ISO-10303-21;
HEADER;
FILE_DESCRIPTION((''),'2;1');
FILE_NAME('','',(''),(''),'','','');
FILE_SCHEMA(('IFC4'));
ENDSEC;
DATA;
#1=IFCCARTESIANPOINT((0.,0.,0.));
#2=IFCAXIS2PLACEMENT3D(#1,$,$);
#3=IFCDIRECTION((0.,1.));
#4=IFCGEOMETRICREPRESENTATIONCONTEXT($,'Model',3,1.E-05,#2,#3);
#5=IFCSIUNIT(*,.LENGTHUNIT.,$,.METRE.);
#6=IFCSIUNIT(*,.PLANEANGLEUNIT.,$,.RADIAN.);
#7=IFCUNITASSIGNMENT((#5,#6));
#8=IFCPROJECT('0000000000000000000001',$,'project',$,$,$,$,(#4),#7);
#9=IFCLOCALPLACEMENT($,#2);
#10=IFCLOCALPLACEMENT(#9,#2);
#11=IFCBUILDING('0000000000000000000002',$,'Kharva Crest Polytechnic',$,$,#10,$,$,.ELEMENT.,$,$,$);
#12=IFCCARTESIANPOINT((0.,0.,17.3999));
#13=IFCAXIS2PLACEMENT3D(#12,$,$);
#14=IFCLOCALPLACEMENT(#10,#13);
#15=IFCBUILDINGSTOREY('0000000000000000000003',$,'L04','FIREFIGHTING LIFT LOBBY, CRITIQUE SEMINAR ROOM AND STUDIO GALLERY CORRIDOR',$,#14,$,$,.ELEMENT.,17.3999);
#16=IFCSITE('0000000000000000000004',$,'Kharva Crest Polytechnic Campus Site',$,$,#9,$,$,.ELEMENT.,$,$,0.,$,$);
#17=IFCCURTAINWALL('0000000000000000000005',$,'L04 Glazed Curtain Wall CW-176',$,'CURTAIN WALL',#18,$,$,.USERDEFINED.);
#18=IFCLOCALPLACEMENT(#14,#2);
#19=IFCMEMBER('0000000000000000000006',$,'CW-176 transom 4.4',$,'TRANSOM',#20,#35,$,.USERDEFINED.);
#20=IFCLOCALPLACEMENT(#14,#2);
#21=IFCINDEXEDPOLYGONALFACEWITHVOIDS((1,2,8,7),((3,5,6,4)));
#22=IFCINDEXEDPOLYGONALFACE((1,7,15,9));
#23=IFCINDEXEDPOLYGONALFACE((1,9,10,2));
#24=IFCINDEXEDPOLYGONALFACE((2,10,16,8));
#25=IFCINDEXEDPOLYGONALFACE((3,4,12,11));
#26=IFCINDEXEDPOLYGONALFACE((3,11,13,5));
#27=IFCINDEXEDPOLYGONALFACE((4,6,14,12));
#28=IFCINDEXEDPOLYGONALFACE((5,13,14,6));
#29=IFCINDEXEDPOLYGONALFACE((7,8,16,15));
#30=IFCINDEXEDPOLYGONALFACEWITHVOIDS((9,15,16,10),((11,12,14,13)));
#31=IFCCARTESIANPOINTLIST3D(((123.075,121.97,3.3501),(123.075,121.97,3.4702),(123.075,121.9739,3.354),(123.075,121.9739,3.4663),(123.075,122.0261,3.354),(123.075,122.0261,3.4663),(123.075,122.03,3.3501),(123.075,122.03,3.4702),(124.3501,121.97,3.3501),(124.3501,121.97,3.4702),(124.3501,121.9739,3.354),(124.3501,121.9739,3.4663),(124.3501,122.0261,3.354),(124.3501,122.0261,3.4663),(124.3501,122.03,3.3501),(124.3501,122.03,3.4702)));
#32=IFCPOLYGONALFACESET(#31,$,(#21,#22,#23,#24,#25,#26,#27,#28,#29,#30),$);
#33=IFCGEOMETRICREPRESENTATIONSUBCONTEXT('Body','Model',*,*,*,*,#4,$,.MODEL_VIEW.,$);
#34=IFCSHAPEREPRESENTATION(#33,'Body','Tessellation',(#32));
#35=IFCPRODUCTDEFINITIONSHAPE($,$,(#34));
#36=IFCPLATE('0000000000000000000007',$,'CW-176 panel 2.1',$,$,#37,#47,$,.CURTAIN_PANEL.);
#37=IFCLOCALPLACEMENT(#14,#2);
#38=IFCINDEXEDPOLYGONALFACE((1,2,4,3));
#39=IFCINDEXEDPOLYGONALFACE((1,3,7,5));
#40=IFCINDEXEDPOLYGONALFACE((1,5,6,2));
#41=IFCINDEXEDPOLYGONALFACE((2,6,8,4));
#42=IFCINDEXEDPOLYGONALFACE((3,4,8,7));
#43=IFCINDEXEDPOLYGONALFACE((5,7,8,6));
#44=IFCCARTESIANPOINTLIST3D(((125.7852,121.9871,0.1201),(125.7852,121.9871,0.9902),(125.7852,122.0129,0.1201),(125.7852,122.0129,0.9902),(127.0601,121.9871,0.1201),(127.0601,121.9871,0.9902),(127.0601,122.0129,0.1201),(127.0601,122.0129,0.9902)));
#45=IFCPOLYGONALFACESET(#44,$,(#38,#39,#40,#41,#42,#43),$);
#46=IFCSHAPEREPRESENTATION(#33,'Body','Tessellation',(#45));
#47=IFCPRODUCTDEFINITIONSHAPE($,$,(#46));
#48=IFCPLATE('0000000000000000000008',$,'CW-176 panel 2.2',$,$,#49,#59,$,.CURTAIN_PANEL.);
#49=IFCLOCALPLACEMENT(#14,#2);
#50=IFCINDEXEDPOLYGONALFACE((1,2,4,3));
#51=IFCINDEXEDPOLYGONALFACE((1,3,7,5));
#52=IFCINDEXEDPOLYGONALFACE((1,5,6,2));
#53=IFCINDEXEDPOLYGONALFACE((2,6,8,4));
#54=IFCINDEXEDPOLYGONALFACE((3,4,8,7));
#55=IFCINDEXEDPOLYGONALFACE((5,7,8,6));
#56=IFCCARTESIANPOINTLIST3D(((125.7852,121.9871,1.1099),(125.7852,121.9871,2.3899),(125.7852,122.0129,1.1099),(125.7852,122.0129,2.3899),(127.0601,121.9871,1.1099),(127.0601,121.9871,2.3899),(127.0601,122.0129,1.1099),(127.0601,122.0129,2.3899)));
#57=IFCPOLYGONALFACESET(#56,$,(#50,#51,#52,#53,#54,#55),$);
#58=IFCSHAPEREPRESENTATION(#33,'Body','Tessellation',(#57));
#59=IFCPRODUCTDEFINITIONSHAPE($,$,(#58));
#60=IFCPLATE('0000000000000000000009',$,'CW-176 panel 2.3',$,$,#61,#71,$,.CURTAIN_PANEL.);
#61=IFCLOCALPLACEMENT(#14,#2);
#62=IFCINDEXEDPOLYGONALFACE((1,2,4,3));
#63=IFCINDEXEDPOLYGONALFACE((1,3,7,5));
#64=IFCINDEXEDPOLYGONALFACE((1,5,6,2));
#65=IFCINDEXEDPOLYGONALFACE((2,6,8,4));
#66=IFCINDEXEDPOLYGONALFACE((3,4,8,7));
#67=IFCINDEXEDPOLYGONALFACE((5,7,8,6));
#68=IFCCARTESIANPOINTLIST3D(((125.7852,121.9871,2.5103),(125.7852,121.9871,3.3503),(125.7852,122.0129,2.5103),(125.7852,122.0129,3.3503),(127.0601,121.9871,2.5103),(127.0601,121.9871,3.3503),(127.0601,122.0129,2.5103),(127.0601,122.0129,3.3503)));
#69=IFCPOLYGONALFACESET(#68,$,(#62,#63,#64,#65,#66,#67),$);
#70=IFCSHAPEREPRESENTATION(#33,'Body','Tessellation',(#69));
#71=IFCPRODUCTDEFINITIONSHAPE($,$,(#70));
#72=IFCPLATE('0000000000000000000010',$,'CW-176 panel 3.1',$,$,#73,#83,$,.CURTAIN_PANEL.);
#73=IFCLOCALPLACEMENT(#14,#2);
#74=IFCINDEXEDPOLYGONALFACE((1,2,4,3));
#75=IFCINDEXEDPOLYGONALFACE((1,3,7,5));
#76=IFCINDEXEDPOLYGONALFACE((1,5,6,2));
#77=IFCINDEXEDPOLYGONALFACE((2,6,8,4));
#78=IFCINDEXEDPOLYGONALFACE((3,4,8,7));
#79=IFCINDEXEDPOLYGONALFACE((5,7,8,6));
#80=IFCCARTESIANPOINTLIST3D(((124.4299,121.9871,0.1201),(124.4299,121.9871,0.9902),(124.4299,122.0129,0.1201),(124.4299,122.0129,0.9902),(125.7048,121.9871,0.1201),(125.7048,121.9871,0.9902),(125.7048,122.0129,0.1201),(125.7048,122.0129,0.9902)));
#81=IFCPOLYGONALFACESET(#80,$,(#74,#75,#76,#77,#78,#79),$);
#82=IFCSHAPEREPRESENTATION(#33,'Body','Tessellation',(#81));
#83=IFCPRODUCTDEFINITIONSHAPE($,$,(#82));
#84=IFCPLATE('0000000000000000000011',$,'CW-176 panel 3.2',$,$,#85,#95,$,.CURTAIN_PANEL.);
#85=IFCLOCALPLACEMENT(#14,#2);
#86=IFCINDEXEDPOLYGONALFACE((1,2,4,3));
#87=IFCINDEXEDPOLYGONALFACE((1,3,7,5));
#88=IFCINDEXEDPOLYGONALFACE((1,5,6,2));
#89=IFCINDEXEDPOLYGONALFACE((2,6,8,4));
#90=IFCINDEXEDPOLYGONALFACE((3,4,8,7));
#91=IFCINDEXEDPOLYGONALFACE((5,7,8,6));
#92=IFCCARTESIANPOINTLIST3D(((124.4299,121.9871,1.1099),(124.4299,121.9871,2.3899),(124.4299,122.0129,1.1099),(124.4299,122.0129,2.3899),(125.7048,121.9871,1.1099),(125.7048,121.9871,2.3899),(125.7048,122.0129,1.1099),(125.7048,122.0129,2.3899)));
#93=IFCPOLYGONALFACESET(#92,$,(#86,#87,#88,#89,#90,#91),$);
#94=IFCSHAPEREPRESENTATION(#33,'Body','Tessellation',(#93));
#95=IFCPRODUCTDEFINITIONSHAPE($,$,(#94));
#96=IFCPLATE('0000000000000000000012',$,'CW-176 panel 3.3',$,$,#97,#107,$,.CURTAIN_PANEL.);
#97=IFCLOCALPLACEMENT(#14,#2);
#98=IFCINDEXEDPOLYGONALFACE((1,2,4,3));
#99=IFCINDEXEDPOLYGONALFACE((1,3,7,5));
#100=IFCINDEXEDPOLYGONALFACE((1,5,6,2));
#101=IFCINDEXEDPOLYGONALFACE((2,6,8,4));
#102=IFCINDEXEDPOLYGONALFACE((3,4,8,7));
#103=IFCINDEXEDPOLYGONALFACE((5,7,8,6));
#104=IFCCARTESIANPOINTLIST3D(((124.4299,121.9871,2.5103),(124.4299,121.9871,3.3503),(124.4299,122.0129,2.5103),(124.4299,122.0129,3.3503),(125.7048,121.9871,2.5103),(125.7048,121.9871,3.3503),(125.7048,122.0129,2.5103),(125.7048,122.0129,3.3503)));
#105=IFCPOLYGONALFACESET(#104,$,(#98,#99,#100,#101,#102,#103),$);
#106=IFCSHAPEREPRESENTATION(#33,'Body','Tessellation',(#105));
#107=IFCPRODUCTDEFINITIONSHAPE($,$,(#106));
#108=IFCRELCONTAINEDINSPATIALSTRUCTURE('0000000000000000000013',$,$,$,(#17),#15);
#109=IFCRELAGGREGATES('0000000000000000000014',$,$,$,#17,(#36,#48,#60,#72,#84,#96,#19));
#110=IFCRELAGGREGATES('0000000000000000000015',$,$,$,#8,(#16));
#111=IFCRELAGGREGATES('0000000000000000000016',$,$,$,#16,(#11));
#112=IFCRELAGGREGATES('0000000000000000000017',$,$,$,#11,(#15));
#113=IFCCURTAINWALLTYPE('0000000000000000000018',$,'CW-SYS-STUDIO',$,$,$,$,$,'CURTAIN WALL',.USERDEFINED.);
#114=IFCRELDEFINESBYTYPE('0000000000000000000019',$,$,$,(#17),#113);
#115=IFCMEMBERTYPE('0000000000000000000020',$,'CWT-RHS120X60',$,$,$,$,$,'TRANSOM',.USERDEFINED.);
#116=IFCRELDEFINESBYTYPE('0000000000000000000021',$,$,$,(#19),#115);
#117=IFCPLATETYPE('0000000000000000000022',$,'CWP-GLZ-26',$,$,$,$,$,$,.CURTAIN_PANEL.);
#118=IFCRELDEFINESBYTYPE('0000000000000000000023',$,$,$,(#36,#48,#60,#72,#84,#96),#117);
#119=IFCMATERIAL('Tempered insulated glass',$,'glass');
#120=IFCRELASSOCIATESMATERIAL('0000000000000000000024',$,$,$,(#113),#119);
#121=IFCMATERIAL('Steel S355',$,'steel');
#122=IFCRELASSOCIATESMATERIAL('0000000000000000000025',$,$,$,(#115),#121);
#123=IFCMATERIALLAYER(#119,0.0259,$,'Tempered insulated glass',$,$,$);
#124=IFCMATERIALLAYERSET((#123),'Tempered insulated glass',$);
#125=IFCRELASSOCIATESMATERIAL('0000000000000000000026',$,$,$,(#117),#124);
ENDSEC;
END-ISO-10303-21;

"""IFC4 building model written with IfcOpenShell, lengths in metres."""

from ifc_helpers import new_model, si_unit, direction, frame, origin, origin_2d, place, context, subcontext, project, spatial, rectangle, hollow_rectangle, extrude, material, layer, layer_set, material_profile, profile_set, type_object, element, aggregate, save


model = new_model("IFC4")

# Units and contexts
model_context = context("Model", 3, precision=1e-05, world=origin(), true_north=direction((0.0, 1.0)))
body_context = subcontext(model_context, "Body", "Model", "MODEL_VIEW")
ifc_project = project(units=[si_unit("LENGTHUNIT", "METRE"), si_unit("PLANEANGLEUNIT", "RADIAN")], contexts=[model_context])

# Site, building, storey
site_placement = place(None, origin())
site = spatial("IfcSite", under=ifc_project, at=site_placement, Name="Kharva Crest Polytechnic Campus Site", CompositionType="ELEMENT", RefElevation=0.0)
building_placement = place(site_placement, origin())
building = spatial("IfcBuilding", under=site, at=building_placement, Name="Kharva Crest Polytechnic", CompositionType="ELEMENT")
storey_placement = place(building_placement, frame((0.0, 0.0, 17.3999)))
storey = spatial("IfcBuildingStorey", under=building, at=storey_placement, Name="L04", Description="FIREFIGHTING LIFT LOBBY, CRITIQUE SEMINAR ROOM AND STUDIO GALLERY CORRIDOR", CompositionType="ELEMENT", Elevation=17.3999)

# Curtain wall, member, plates
ifc_material_1 = material(Name="Tempered insulated glass", Category="glass")
curtain_wall_type = type_object("IfcCurtainWallType", Name="CW-SYS-STUDIO", ElementType="CURTAIN WALL", PredefinedType="USERDEFINED", material=ifc_material_1)
curtain_wall_placement = place(storey_placement, origin())
curtain_wall = element("IfcCurtainWall", 1, at=curtain_wall_placement, inside=storey, type_object=curtain_wall_type, Name="L04 Glazed Curtain Wall CW-176", ObjectType="CURTAIN WALL", PredefinedType="USERDEFINED")
ifc_material_2 = material(Name="Steel S355", Category="steel")
ifc_material_profile_1 = material_profile(ifc_material_2, hollow_rectangle(XDim=0.0601, YDim=0.1201, WallThickness=0.0039, at=origin_2d()), Name="RHS 120X60X4.0")
ifc_profile_set_1 = profile_set([ifc_material_profile_1], Name="Steel S355")
member_type_1 = type_object("IfcMemberType", Name="CWT-RHS120X60", ElementType="TRANSOM", PredefinedType="USERDEFINED", material=ifc_profile_set_1)
member_1_placement = place(storey_placement, frame((124.3501, 122.0, 3.4102), z_axis=(-1.0, 0.0, 0.0), x_axis=(0.0, -1.0, 0.0)))
member_1 = element("IfcMember", 2, at=member_1_placement, type_object=member_type_1, Name="CW-176 transom 4.4", ObjectType="TRANSOM", PredefinedType="USERDEFINED", context=body_context, shape_type="SweptSolid", body=[
    extrude(hollow_rectangle(XDim=0.0601, YDim=0.1201, WallThickness=0.0039, at=origin_2d()), origin(), (0.0, 0.0, 1.0), 1.2751),
])
ifc_layer = layer(ifc_material_1, 0.0259, Name="Tempered insulated glass")
ifc_layer_set = layer_set([ifc_layer], Name="Tempered insulated glass")
plate_type = type_object("IfcPlateType", Name="CWP-GLZ-26", PredefinedType="CURTAIN_PANEL", material=ifc_layer_set)
plate_1_placement = place(storey_placement, frame((126.4226, 122.0, 0.1201), z_axis=(0.0, 0.0, 1.0), x_axis=(-1.0, 0.0, 0.0)))
plate_1 = element("IfcPlate", 3, at=plate_1_placement, type_object=plate_type, Name="CW-176 panel 2.1", PredefinedType="CURTAIN_PANEL", context=body_context, shape_type="SweptSolid", body=[
    extrude(rectangle(XDim=1.2749, YDim=0.0259, at=origin_2d()), origin(), (0.0, 0.0, 1.0), 0.8701),
])
plate_2_placement = place(storey_placement, frame((126.4226, 122.0, 1.1099), z_axis=(0.0, 0.0, 1.0), x_axis=(-1.0, 0.0, 0.0)))
plate_2 = element("IfcPlate", 4, at=plate_2_placement, type_object=plate_type, Name="CW-176 panel 2.2", PredefinedType="CURTAIN_PANEL", context=body_context, shape_type="SweptSolid", body=[
    extrude(rectangle(XDim=1.2749, YDim=0.0259, at=origin_2d()), origin(), (0.0, 0.0, 1.0), 1.28),
])
plate_3_placement = place(storey_placement, frame((126.4226, 122.0, 2.5103), z_axis=(0.0, 0.0, 1.0), x_axis=(-1.0, 0.0, 0.0)))
plate_3 = element("IfcPlate", 5, at=plate_3_placement, type_object=plate_type, Name="CW-176 panel 2.3", PredefinedType="CURTAIN_PANEL", context=body_context, shape_type="SweptSolid", body=[
    extrude(rectangle(XDim=1.2749, YDim=0.0259, at=origin_2d()), origin(), (0.0, 0.0, 1.0), 0.8401),
])
plate_4_placement = place(storey_placement, frame((125.0674, 122.0, 0.1201), z_axis=(0.0, 0.0, 1.0), x_axis=(-1.0, 0.0, 0.0)))
plate_4 = element("IfcPlate", 6, at=plate_4_placement, type_object=plate_type, Name="CW-176 panel 3.1", PredefinedType="CURTAIN_PANEL", context=body_context, shape_type="SweptSolid", body=[
    extrude(rectangle(XDim=1.2749, YDim=0.0259, at=origin_2d()), origin(), (0.0, 0.0, 1.0), 0.8701),
])
plate_5_placement = place(storey_placement, frame((125.0674, 122.0, 1.1099), z_axis=(0.0, 0.0, 1.0), x_axis=(-1.0, 0.0, 0.0)))
plate_5 = element("IfcPlate", 7, at=plate_5_placement, type_object=plate_type, Name="CW-176 panel 3.2", PredefinedType="CURTAIN_PANEL", context=body_context, shape_type="SweptSolid", body=[
    extrude(rectangle(XDim=1.2749, YDim=0.0259, at=origin_2d()), origin(), (0.0, 0.0, 1.0), 1.28),
])
plate_6_placement = place(storey_placement, frame((125.0674, 122.0, 2.5103), z_axis=(0.0, 0.0, 1.0), x_axis=(-1.0, 0.0, 0.0)))
plate_6 = element("IfcPlate", 8, at=plate_6_placement, type_object=plate_type, Name="CW-176 panel 3.3", PredefinedType="CURTAIN_PANEL", context=body_context, shape_type="SweptSolid", body=[
    extrude(rectangle(XDim=1.2749, YDim=0.0259, at=origin_2d()), origin(), (0.0, 0.0, 1.0), 0.8401),
])
aggregate(curtain_wall, [plate_1, plate_2, plate_3, plate_4, plate_5, plate_6, member_1])

save(model, "model.ifc")
